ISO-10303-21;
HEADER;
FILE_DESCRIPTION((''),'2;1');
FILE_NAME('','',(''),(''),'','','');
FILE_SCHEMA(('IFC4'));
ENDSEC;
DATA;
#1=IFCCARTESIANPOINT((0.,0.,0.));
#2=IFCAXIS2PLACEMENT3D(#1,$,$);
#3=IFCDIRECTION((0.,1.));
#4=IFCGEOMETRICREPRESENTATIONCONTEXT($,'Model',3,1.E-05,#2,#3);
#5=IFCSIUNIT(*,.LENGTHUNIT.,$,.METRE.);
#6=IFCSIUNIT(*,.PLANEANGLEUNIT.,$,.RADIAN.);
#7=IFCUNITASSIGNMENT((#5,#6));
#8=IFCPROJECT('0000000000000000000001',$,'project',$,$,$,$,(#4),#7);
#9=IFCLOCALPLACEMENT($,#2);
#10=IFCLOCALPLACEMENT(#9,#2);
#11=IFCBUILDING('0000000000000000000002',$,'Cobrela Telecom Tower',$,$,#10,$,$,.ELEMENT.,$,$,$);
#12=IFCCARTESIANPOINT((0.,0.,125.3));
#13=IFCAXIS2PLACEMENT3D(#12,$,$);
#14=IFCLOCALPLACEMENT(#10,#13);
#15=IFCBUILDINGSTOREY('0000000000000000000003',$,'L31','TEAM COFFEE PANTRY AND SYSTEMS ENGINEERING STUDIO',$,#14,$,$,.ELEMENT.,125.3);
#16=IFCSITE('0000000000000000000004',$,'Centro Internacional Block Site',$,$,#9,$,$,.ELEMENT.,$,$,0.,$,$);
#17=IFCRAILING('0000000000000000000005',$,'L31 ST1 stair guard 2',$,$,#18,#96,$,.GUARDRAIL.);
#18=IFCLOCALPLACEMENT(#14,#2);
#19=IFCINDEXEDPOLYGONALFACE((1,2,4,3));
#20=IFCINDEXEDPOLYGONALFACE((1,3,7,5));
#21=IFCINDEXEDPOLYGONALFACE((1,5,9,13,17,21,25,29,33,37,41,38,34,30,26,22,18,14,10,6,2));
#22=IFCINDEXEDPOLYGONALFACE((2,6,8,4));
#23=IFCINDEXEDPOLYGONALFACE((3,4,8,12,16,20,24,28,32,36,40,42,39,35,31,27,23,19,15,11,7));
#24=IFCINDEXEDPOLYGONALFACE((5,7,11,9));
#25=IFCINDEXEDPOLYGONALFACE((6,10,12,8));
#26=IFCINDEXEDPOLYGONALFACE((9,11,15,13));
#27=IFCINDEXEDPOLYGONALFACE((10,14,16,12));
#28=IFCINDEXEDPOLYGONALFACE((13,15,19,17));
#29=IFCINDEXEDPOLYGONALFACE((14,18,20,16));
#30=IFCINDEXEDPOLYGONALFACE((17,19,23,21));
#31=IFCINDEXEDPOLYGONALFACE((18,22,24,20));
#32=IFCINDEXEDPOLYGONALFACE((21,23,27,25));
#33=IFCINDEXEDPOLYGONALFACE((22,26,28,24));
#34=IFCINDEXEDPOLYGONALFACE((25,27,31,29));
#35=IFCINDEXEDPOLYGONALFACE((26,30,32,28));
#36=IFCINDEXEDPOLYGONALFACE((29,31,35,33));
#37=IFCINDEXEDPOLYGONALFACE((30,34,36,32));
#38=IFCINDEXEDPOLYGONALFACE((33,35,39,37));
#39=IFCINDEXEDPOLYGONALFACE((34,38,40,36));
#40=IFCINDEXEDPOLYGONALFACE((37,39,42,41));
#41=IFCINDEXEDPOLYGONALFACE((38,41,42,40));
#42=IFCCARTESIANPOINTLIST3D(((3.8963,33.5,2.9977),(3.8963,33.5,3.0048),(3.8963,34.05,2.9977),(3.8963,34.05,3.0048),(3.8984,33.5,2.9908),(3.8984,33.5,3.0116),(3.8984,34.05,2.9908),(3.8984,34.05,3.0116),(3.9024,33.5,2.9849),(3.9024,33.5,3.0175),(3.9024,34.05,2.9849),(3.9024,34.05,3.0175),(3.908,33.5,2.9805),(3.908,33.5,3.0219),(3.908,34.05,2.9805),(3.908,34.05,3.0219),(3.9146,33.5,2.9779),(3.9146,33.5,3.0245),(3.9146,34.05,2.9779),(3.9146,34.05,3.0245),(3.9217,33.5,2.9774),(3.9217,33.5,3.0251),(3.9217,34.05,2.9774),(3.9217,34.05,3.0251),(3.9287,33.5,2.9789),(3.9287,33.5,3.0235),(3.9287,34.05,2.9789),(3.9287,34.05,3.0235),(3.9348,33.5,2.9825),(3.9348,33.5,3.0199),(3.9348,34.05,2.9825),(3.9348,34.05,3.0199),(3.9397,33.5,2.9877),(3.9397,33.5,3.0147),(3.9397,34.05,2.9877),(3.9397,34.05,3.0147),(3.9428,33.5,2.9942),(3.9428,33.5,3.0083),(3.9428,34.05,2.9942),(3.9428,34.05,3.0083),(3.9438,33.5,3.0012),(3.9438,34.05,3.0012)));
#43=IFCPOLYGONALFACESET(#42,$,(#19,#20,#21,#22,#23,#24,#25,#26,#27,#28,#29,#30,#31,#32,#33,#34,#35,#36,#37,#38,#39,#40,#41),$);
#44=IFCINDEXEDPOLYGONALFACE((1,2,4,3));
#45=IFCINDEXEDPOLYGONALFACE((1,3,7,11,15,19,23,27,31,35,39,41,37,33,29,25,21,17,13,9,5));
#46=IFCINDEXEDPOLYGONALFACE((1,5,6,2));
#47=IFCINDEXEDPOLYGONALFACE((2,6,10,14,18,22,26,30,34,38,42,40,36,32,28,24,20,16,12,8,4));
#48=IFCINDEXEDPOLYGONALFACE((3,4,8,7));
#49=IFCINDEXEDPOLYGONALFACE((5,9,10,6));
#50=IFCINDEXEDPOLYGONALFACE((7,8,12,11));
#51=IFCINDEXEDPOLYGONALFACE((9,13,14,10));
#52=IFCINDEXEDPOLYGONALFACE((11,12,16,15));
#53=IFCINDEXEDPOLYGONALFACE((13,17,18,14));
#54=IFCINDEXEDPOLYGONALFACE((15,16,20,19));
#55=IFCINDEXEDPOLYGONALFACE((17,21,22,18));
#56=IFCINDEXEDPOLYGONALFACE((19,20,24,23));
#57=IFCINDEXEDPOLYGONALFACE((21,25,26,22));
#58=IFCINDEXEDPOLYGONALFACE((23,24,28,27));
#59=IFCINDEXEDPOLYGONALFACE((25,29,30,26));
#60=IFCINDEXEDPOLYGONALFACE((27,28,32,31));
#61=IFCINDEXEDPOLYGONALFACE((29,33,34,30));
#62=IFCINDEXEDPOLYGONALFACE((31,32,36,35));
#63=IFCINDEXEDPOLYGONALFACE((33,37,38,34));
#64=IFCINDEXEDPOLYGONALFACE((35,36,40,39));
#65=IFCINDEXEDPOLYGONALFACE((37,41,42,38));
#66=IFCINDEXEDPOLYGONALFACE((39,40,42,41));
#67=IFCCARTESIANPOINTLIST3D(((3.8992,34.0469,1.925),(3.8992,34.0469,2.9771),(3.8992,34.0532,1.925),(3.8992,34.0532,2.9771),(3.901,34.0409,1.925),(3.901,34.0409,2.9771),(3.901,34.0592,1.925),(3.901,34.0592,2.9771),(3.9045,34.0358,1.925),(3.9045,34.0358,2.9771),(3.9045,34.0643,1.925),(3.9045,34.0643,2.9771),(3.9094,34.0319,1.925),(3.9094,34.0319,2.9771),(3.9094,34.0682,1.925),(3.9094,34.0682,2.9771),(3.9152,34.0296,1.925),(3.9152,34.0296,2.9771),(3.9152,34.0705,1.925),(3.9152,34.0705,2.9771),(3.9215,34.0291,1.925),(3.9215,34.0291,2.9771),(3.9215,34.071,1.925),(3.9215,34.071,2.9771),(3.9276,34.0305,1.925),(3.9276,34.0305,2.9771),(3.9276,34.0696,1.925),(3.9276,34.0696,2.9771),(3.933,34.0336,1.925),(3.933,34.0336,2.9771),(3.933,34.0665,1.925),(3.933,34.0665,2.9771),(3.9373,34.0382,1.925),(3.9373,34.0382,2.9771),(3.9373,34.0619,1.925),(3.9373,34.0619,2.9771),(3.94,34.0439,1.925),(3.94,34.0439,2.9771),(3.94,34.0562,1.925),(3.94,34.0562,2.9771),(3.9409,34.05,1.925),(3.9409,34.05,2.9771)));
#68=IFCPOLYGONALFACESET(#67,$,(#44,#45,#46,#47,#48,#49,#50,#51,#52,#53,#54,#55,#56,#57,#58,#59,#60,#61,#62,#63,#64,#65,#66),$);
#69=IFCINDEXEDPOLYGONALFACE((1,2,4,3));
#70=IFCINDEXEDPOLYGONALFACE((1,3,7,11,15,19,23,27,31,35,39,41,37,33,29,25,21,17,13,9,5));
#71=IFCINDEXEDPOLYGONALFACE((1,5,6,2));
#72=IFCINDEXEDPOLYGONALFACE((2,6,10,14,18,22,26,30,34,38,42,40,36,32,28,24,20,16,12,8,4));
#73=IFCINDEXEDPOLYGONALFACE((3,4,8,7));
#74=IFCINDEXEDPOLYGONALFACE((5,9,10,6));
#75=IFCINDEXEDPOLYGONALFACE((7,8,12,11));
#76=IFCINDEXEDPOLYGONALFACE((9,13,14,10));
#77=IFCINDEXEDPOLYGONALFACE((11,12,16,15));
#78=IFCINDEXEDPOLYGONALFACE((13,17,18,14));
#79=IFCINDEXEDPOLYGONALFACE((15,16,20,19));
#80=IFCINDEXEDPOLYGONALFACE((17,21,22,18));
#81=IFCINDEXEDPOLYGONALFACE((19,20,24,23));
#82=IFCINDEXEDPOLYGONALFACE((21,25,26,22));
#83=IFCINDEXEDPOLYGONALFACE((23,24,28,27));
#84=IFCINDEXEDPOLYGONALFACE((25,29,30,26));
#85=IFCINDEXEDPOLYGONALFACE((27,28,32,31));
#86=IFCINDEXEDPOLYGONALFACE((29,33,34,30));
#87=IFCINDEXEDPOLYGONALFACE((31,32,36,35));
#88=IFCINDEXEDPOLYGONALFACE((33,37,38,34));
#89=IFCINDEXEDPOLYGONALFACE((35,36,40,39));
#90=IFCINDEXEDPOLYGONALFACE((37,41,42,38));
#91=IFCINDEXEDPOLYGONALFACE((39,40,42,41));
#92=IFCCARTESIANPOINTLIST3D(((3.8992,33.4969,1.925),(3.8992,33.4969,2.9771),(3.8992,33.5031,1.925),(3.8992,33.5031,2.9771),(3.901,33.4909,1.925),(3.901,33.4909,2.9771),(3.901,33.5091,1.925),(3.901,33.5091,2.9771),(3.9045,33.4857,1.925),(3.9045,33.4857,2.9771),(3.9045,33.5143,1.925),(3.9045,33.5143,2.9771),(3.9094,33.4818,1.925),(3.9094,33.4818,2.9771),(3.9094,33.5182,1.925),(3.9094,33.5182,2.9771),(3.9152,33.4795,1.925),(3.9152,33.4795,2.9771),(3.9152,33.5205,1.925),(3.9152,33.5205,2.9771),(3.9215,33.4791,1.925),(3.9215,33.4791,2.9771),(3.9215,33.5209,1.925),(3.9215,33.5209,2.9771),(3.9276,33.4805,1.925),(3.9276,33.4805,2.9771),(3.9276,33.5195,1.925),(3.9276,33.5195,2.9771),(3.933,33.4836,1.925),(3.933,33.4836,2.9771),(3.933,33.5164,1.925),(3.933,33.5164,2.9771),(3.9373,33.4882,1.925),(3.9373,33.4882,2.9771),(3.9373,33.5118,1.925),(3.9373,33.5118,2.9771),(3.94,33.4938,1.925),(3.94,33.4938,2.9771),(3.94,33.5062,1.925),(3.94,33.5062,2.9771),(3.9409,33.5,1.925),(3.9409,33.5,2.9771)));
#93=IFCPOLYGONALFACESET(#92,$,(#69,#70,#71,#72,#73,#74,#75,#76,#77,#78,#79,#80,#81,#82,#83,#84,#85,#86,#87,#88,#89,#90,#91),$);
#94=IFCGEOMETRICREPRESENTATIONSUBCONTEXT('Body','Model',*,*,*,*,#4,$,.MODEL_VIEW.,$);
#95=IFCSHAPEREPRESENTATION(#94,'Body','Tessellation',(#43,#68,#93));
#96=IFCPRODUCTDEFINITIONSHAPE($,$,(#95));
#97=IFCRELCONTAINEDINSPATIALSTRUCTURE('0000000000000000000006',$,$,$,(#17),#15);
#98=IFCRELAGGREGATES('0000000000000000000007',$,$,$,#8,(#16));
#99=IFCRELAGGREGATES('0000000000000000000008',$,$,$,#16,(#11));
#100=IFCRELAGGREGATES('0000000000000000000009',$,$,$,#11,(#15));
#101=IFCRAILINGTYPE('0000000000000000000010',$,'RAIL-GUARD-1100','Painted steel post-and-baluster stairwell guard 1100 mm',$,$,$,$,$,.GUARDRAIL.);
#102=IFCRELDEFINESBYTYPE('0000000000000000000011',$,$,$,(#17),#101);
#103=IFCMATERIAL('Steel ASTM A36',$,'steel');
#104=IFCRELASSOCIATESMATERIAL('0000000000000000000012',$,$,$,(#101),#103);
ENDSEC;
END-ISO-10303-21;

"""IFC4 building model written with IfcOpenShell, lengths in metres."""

from ifc_helpers import new_model, si_unit, direction, frame, origin, origin_2d, place, context, subcontext, project, spatial, circle, extrude, material, type_object, element, save


model = new_model("IFC4")

# Units and contexts
model_context = context("Model", 3, precision=1e-05, world=origin(), true_north=direction((0.0, 1.0)))
body_context = subcontext(model_context, "Body", "Model", "MODEL_VIEW")
ifc_project = project(units=[si_unit("LENGTHUNIT", "METRE"), si_unit("PLANEANGLEUNIT", "RADIAN")], contexts=[model_context])

# Site, building, storey
site_placement = place(None, origin())
site = spatial("IfcSite", under=ifc_project, at=site_placement, Name="Centro Internacional Block Site", CompositionType="ELEMENT", RefElevation=0.0)
building_placement = place(site_placement, origin())
building = spatial("IfcBuilding", under=site, at=building_placement, Name="Cobrela Telecom Tower", CompositionType="ELEMENT")
storey_placement = place(building_placement, frame((0.0, 0.0, 125.3)))
storey = spatial("IfcBuildingStorey", under=building, at=storey_placement, Name="L31", Description="TEAM COFFEE PANTRY AND SYSTEMS ENGINEERING STUDIO", CompositionType="ELEMENT", Elevation=125.3)

# Shared definitions
ifc_material_1 = material(Name="Steel ASTM A36", Category="steel")

# Railing
railing_type_1 = type_object("IfcRailingType", Name="RAIL-GUARD-1100", Description="Painted steel post-and-baluster stairwell guard 1100 mm", PredefinedType="GUARDRAIL", material=ifc_material_1)
railing_1_placement = place(storey_placement, frame((3.9199, 34.05, 1.925)))
element("IfcRailing", 1, at=railing_1_placement, inside=storey, type_object=railing_type_1, Name="L31 ST1 stair guard 2", PredefinedType="GUARDRAIL", context=body_context, shape_type="SweptSolid", body=[
    extrude(circle(Radius=0.0239, at=origin_2d()), frame((0.0, 0.0, 1.0762), z_axis=(0.0, -1.0, 0.0), x_axis=(1.0, 0.0, 0.0)), (0.0, 0.0, 1.0), 0.55),
    extrude(circle(Radius=0.021, at=origin_2d()), origin(), (0.0, 0.0, 1.0), 1.052),
    extrude(circle(Radius=0.021, at=origin_2d()), frame((0.0, -0.55, 0.0)), (0.0, 0.0, 1.0), 1.052),
])

save(model, "model.ifc")
